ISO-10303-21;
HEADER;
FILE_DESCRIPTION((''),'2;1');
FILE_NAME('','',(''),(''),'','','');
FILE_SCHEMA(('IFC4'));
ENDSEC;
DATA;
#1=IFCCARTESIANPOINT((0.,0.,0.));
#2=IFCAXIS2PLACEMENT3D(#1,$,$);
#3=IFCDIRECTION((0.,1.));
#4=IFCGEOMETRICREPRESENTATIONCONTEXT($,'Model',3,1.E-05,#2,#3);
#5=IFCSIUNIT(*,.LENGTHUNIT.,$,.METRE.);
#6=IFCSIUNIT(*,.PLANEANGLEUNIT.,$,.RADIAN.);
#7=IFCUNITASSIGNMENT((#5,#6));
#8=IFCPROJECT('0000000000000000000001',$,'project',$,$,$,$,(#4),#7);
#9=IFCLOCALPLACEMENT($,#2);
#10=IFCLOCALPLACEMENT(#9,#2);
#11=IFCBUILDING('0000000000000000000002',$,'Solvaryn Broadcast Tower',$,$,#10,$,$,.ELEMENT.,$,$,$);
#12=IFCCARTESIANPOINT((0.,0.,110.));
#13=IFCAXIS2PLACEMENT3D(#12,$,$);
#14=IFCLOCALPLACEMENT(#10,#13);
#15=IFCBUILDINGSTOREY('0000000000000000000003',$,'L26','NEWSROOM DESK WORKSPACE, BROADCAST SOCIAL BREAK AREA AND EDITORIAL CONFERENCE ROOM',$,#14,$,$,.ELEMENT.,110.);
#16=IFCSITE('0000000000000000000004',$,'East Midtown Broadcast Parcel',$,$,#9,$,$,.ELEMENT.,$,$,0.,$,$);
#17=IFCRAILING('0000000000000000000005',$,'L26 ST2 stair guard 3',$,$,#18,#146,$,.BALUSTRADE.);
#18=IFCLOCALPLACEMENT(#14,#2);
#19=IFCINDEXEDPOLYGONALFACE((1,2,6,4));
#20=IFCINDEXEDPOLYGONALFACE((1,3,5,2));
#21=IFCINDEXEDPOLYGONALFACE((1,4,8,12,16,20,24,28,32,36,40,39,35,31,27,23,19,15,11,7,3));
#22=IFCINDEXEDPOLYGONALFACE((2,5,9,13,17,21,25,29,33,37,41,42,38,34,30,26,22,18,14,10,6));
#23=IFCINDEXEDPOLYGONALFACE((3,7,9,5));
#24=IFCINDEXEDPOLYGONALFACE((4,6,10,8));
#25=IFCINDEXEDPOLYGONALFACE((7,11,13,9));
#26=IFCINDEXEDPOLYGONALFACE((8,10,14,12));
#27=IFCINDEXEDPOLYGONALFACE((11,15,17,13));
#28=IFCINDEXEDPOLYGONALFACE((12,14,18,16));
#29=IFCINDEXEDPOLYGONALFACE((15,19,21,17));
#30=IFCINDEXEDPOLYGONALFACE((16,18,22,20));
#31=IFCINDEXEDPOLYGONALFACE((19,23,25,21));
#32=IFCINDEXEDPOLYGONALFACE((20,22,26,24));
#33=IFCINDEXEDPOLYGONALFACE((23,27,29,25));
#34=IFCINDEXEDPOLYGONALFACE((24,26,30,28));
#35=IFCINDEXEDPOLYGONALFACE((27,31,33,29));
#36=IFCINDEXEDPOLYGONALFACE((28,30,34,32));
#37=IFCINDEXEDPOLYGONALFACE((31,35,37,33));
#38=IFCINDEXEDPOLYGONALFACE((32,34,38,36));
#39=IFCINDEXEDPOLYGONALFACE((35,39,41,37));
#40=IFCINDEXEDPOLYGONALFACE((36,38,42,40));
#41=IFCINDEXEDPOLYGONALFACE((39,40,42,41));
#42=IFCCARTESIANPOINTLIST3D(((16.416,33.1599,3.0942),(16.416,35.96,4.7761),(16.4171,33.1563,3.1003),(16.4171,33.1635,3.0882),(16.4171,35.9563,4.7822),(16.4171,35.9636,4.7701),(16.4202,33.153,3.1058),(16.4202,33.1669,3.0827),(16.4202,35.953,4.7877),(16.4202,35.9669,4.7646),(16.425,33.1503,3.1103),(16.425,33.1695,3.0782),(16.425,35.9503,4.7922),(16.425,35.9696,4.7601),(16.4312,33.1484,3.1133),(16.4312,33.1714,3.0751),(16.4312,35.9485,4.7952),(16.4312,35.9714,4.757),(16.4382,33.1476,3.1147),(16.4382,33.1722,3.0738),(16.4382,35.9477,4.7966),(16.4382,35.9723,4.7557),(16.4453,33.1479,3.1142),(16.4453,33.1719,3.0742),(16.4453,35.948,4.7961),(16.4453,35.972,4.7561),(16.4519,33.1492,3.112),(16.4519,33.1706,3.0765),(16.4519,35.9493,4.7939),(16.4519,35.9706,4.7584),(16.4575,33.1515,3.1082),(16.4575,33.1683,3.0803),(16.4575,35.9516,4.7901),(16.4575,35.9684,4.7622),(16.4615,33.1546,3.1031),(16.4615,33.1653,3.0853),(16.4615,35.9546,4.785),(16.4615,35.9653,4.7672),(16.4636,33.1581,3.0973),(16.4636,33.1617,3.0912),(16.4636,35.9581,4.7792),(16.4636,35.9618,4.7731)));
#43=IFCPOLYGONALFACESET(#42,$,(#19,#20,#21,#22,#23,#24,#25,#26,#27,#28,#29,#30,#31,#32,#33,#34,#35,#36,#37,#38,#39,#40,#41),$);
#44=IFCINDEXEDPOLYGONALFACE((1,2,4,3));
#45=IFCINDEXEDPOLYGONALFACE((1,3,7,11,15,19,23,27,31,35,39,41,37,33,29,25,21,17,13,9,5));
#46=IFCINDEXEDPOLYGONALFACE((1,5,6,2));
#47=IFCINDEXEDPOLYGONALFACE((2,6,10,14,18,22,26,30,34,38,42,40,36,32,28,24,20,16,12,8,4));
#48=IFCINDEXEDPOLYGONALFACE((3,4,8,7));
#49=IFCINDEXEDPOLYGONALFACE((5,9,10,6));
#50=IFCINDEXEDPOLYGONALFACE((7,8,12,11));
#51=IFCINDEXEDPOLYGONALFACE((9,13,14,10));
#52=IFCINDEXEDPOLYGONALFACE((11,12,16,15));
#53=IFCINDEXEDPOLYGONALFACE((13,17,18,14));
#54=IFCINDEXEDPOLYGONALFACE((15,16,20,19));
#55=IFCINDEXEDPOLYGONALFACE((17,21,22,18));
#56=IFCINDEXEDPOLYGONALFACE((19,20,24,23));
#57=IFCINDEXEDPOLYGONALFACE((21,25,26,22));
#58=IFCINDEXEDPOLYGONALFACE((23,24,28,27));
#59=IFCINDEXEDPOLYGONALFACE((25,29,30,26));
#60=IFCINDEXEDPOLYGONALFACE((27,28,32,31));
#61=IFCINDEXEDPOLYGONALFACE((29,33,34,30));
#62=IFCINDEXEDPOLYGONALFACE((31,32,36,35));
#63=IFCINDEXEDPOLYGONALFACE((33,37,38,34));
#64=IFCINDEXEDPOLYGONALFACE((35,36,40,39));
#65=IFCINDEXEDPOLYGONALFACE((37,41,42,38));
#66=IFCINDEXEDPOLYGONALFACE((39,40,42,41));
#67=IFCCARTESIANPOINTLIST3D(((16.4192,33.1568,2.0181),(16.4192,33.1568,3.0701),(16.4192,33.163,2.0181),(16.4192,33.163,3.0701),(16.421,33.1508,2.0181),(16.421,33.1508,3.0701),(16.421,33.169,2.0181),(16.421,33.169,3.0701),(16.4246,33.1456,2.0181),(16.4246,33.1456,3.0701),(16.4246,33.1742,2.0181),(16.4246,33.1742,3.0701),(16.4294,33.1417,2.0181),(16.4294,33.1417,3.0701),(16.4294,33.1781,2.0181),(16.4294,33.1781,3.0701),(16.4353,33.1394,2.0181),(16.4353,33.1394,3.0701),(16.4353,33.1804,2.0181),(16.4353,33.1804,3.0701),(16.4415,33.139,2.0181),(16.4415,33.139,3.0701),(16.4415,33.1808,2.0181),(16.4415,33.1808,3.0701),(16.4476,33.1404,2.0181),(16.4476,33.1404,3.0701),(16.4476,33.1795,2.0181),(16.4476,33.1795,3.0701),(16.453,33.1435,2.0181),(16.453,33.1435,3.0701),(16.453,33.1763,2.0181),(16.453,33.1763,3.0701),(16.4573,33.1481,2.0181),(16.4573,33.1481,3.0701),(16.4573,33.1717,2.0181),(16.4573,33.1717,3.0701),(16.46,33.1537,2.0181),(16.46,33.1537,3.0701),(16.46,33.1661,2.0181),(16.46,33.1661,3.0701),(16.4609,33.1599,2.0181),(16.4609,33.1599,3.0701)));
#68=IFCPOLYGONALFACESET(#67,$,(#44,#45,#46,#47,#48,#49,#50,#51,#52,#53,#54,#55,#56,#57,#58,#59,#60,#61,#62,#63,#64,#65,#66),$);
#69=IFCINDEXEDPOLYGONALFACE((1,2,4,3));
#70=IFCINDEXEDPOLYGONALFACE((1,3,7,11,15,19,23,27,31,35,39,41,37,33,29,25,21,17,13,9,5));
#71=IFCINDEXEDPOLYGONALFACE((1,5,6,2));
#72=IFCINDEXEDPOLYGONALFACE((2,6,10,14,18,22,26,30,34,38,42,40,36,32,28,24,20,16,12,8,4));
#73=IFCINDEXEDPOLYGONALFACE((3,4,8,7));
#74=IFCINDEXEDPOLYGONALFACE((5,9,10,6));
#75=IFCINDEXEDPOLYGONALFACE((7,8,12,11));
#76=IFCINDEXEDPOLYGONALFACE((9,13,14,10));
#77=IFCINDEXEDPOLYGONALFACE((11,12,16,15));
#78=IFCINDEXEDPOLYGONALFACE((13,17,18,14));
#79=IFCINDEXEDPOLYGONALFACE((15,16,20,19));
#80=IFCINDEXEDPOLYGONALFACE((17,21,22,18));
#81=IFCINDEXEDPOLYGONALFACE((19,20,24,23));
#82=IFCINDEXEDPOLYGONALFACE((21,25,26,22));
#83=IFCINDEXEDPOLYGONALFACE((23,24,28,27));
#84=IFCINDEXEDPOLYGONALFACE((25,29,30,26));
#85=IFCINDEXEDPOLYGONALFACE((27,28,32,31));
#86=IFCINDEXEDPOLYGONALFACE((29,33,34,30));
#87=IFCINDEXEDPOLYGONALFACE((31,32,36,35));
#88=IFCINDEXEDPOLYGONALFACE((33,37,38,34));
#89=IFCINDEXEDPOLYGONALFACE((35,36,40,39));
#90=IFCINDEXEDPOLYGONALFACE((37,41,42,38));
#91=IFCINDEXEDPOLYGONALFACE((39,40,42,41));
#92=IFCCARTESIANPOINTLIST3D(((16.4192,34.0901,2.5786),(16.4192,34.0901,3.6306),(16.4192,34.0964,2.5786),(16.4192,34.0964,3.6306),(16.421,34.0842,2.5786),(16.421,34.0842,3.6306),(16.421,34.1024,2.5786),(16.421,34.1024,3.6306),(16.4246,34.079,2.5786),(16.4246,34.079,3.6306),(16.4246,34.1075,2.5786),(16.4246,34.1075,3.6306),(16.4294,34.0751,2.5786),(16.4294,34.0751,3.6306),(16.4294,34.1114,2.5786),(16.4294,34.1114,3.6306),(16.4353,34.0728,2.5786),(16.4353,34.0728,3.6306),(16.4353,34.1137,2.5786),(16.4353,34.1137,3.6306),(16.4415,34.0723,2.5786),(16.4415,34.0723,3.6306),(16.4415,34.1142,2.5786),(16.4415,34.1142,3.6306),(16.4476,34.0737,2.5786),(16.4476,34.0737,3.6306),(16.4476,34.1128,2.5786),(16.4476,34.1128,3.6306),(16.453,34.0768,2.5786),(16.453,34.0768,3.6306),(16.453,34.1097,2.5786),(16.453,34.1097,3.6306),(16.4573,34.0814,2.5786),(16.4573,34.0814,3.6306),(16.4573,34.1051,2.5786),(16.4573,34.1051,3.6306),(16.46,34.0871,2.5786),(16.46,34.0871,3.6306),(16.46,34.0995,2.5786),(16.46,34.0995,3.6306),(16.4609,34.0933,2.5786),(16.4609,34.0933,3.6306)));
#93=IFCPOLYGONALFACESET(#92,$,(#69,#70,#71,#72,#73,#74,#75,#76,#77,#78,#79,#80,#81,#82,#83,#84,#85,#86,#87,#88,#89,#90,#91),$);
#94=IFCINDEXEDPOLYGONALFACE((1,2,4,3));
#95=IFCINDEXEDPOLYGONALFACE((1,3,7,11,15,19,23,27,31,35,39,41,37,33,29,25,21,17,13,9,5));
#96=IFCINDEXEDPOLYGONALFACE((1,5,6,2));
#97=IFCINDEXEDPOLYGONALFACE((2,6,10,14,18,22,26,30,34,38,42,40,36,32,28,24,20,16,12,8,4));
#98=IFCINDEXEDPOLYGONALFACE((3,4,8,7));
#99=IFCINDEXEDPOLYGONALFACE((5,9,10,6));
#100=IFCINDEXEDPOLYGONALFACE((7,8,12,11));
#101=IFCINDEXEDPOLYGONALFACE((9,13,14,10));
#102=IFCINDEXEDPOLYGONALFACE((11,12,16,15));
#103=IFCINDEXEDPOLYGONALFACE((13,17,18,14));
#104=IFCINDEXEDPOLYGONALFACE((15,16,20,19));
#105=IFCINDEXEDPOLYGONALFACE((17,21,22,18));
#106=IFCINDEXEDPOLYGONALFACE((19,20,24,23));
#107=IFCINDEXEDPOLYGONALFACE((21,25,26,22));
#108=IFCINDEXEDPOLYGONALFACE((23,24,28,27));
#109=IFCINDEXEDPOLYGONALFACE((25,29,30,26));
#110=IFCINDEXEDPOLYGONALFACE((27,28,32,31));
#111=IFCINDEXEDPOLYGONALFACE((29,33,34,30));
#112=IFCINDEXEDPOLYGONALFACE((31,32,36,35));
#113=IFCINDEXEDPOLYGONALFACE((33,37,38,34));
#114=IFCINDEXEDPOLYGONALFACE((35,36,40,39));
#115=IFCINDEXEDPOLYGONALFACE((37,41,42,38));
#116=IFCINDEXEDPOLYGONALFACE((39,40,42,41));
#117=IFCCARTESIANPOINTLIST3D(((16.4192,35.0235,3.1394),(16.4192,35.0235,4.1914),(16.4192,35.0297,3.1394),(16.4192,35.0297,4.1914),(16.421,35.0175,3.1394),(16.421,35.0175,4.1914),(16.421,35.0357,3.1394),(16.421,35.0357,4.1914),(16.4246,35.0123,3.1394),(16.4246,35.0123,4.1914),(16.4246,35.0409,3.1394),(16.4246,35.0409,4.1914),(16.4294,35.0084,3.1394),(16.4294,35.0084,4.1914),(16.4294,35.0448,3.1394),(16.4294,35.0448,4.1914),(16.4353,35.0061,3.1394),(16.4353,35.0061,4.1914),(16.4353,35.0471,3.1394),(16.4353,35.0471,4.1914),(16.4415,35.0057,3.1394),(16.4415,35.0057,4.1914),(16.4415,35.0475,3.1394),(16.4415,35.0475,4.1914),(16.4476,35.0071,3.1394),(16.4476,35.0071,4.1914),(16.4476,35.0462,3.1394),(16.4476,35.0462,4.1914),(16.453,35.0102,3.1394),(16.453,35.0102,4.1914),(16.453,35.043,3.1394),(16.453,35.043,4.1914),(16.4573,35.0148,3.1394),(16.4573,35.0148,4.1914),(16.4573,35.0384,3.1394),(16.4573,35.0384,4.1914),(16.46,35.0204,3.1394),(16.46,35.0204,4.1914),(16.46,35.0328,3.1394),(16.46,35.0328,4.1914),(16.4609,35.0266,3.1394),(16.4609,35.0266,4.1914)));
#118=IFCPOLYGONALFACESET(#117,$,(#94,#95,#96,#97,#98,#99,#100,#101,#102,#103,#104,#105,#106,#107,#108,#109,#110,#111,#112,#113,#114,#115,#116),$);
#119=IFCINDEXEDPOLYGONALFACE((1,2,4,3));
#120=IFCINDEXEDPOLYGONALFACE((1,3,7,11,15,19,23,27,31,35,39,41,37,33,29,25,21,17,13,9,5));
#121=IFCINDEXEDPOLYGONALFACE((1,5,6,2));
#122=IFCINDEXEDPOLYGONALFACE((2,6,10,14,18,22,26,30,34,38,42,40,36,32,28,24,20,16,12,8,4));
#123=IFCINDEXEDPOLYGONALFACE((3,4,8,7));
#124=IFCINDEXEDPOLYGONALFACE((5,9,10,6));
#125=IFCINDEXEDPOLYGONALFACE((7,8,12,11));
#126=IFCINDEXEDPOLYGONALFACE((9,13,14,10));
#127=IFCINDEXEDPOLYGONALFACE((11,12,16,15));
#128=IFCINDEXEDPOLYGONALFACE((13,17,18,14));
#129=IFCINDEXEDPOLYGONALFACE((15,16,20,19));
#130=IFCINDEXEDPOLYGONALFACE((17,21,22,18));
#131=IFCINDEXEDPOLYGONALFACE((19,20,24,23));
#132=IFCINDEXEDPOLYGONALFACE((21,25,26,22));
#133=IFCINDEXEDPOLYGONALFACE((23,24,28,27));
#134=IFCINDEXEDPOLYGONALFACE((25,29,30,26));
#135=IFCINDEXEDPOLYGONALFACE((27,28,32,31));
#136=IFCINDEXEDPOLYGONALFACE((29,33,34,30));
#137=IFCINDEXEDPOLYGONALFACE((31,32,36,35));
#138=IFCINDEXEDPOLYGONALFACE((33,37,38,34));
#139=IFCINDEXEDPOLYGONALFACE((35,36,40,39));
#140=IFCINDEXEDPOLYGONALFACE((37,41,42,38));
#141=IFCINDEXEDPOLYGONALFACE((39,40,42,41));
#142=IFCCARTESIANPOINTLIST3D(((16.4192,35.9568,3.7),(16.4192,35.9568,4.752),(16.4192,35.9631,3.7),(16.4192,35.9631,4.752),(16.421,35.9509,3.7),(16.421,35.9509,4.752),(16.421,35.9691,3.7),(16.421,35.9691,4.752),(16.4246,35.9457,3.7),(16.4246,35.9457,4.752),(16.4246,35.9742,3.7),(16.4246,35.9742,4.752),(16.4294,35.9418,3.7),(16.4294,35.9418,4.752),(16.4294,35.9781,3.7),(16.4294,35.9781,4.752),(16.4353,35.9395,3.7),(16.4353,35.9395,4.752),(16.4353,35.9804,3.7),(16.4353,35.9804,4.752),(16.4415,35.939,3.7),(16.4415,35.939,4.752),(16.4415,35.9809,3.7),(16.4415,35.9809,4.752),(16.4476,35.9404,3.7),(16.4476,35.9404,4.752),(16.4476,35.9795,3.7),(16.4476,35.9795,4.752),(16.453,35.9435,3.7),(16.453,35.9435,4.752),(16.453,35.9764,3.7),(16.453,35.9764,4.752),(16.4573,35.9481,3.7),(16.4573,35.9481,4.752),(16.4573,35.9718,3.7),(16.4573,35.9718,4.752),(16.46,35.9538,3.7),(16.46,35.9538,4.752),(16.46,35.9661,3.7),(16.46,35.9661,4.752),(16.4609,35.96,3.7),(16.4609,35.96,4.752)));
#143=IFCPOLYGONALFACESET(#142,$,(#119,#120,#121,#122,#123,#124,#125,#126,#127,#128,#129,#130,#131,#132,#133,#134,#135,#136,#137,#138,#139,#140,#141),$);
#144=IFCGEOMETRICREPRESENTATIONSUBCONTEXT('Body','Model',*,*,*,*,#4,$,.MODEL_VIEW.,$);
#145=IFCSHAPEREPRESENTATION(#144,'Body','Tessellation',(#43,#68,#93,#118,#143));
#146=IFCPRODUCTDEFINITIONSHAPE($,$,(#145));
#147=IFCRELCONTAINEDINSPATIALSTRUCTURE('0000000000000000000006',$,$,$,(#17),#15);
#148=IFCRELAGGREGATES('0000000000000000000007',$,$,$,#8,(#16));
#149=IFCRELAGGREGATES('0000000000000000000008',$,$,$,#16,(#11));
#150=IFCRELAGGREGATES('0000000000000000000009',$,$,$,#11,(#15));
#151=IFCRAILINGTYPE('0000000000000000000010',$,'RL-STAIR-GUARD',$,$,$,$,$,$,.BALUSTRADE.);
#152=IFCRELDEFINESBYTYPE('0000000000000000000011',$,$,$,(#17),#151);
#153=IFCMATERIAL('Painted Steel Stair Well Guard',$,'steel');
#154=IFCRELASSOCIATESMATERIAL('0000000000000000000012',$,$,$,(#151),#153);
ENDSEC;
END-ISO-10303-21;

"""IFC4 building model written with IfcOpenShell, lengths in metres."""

from ifc_helpers import new_model, si_unit, direction, frame, origin, origin_2d, place, context, subcontext, project, spatial, circle, extrude, material, type_object, element, save


model = new_model("IFC4")

# Units and contexts
model_context = context("Model", 3, precision=1e-05, world=origin(), true_north=direction((0.0, 1.0)))
body_context = subcontext(model_context, "Body", "Model", "MODEL_VIEW")
ifc_project = project(units=[si_unit("LENGTHUNIT", "METRE"), si_unit("PLANEANGLEUNIT", "RADIAN")], contexts=[model_context])

# Site, building, storey
site_placement = place(None, origin())
site = spatial("IfcSite", under=ifc_project, at=site_placement, Name="East Midtown Broadcast Parcel", CompositionType="ELEMENT", RefElevation=0.0)
building_placement = place(site_placement, origin())
building = spatial("IfcBuilding", under=site, at=building_placement, Name="Solvaryn Broadcast Tower", CompositionType="ELEMENT")
storey_placement = place(building_placement, frame((0.0, 0.0, 110.0)))
storey = spatial("IfcBuildingStorey", under=building, at=storey_placement, Name="L26", Description="NEWSROOM DESK WORKSPACE, BROADCAST SOCIAL BREAK AREA AND EDITORIAL CONFERENCE ROOM", CompositionType="ELEMENT", Elevation=110.0)

# Railing
ifc_material_1 = material(Name="Painted Steel Stair Well Guard", Category="steel")
railing_type_1 = type_object("IfcRailingType", Name="RL-STAIR-GUARD", PredefinedType="BALUSTRADE", material=ifc_material_1)
railing_1_placement = place(storey_placement, frame((16.4399, 33.1599, 2.0181)))
element("IfcRailing", 1, at=railing_1_placement, inside=storey, type_object=railing_type_1, Name="L26 ST2 stair guard 3", PredefinedType="BALUSTRADE", context=body_context, shape_type="SweptSolid", body=[
    extrude(circle(Radius=0.0239, at=origin_2d()), frame((0.0, 0.0, 1.0762), z_axis=(0.0, 0.857242, 0.514913), x_axis=(-1.0, 0.0, 0.0)), (0.0, 0.0, 1.0), 3.2664),
    extrude(circle(Radius=0.021, at=origin_2d()), origin(), (0.0, 0.0, 1.0), 1.052),
    extrude(circle(Radius=0.021, at=origin_2d()), frame((0.0, 0.9333, 0.5605)), (0.0, 0.0, 1.0), 1.052),
    extrude(circle(Radius=0.021, at=origin_2d()), frame((0.0, 1.8667, 1.1213)), (0.0, 0.0, 1.0), 1.052),
    extrude(circle(Radius=0.021, at=origin_2d()), frame((0.0, 2.8, 1.6819)), (0.0, 0.0, 1.0), 1.052),
])

save(model, "model.ifc")
